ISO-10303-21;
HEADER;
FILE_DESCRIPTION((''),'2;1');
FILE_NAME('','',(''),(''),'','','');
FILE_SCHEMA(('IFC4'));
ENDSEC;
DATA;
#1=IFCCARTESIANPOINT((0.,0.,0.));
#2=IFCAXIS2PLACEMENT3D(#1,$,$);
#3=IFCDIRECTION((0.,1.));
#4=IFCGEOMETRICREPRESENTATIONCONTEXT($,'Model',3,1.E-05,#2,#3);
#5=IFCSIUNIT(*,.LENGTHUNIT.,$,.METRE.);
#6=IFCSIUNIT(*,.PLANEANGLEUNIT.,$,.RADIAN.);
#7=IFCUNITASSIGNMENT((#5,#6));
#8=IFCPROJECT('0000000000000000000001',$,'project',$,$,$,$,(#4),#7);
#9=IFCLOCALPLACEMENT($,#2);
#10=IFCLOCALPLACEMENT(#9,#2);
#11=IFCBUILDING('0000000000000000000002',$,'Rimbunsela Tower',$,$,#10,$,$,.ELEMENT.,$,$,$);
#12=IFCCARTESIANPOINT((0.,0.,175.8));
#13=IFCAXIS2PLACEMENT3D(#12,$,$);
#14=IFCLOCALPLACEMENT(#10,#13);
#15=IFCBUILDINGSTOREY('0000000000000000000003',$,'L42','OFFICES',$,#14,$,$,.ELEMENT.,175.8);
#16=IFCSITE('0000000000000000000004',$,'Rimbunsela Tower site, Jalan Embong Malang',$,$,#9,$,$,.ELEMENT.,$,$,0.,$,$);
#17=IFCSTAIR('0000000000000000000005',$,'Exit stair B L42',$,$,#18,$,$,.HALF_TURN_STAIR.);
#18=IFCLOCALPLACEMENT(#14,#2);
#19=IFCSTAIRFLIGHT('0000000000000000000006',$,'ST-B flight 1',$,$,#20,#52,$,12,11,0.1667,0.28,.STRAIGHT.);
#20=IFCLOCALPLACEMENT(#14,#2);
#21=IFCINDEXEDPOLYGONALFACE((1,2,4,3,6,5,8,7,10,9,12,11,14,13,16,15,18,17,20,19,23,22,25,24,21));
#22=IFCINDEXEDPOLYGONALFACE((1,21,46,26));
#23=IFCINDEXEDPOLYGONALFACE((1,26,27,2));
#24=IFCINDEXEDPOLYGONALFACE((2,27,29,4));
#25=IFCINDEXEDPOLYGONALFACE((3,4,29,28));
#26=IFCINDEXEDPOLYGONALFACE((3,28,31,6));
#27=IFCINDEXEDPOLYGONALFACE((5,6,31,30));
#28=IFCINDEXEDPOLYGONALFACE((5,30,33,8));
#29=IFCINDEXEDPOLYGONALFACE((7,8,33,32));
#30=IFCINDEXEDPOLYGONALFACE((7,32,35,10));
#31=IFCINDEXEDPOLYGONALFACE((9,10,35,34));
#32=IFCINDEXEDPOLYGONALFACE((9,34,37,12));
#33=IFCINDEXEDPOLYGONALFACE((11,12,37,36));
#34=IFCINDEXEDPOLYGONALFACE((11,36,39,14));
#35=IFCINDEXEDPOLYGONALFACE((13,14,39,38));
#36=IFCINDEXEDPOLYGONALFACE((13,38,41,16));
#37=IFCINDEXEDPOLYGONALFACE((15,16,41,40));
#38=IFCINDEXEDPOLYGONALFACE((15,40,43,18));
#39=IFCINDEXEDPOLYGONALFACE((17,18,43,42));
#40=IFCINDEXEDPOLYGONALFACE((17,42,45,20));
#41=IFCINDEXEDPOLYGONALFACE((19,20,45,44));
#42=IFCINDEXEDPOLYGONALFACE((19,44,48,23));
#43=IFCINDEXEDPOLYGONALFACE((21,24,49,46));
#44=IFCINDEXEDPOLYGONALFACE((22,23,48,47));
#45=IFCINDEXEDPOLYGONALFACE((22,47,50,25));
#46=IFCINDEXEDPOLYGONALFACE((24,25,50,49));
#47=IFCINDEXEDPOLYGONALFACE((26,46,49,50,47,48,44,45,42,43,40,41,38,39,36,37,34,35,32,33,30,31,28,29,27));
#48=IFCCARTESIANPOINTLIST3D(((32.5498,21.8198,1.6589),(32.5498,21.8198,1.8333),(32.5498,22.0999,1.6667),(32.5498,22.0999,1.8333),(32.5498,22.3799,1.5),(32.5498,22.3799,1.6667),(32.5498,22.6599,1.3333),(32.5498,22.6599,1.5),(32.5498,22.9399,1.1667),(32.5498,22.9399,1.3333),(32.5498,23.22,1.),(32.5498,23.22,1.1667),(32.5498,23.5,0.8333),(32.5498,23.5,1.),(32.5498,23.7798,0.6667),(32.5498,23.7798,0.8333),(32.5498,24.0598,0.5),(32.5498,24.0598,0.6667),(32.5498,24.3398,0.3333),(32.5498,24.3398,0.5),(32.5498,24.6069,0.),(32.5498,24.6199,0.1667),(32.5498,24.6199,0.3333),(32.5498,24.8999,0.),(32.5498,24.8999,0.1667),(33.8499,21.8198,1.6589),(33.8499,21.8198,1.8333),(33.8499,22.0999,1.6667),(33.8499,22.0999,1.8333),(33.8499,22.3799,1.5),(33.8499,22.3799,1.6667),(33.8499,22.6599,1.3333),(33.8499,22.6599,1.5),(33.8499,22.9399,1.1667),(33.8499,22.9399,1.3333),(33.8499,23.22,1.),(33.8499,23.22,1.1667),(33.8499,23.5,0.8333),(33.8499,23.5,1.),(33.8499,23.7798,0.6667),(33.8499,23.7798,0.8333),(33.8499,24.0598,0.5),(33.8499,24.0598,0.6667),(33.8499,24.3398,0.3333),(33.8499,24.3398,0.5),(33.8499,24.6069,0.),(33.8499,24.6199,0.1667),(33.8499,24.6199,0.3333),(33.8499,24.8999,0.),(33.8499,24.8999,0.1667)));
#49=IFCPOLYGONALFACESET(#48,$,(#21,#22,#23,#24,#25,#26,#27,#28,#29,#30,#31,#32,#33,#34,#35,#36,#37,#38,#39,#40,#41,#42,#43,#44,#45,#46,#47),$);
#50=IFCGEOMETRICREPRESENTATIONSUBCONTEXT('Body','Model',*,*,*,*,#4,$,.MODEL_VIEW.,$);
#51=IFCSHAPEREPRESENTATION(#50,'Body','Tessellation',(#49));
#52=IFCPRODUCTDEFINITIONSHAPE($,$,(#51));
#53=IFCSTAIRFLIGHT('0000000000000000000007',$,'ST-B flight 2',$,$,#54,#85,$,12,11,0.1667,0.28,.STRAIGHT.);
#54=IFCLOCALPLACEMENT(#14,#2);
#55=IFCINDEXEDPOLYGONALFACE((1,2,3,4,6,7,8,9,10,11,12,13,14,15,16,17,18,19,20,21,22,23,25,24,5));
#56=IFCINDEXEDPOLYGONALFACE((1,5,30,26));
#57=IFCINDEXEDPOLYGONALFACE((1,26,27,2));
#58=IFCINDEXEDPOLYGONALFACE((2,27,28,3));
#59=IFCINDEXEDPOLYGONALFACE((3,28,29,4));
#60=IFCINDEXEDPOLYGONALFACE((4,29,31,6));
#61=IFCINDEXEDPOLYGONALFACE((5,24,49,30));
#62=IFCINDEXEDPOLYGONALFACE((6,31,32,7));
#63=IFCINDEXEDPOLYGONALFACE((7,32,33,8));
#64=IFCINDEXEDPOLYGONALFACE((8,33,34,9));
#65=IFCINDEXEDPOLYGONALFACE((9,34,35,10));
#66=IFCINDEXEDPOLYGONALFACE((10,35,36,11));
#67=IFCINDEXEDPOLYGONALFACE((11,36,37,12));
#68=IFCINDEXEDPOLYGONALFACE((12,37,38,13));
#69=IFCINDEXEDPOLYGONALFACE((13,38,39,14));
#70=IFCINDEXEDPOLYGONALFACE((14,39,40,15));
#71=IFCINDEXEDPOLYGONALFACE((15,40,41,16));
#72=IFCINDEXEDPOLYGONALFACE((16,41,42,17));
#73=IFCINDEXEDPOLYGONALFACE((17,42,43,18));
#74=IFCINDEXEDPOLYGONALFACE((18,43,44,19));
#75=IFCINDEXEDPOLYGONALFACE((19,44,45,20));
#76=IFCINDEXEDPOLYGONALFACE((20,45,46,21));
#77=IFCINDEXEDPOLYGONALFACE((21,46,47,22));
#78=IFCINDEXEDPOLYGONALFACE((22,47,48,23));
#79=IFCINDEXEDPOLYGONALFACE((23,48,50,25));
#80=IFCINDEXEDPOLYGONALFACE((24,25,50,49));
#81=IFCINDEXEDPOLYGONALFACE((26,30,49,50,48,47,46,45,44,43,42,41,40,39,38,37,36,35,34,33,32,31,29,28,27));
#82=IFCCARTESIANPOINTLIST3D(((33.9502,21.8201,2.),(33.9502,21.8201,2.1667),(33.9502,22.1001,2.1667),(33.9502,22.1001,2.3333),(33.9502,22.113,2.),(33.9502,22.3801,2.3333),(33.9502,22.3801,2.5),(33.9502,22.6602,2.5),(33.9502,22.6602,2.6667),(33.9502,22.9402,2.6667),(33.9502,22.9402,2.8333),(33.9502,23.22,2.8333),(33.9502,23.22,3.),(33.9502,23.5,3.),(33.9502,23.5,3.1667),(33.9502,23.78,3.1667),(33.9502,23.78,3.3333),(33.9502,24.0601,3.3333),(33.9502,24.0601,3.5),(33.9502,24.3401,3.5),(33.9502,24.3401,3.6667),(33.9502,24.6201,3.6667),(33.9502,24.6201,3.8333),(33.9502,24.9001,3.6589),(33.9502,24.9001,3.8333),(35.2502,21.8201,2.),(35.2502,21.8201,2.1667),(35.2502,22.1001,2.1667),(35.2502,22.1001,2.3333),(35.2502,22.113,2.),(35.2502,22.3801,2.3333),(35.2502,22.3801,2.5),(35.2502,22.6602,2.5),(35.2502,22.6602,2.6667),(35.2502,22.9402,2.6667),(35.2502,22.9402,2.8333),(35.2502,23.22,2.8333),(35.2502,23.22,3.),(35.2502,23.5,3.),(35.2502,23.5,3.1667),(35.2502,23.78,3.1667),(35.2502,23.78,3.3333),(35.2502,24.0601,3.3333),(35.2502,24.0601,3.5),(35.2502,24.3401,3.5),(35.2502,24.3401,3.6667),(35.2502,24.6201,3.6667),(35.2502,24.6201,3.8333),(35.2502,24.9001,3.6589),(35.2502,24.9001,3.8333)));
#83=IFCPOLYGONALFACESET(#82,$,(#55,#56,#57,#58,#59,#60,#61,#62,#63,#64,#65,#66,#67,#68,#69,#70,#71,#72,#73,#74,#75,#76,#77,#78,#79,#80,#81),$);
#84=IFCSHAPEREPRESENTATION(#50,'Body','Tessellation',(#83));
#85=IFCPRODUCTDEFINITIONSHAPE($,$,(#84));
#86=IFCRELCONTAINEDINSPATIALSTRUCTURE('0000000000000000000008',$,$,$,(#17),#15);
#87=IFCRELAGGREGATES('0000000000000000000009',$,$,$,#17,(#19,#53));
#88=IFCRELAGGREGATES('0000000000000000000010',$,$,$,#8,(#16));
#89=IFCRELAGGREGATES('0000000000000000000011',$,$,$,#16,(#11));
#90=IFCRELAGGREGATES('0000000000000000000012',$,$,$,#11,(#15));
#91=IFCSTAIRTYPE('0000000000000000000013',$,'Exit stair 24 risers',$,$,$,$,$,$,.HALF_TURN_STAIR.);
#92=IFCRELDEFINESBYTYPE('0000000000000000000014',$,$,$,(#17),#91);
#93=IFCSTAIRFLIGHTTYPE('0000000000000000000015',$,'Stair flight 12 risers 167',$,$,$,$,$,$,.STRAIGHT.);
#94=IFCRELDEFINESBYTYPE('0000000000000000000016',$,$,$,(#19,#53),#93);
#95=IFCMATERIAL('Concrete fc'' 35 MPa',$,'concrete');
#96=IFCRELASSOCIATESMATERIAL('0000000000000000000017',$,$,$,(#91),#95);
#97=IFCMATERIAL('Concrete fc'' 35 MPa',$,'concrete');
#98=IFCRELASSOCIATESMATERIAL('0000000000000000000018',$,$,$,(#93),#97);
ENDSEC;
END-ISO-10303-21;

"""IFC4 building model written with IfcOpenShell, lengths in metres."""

from ifc_helpers import new_model, si_unit, direction, frame, origin, place, context, subcontext, project, spatial, polyline, outline, extrude, material, type_object, element, aggregate, save


model = new_model("IFC4")

# Units and contexts
model_context = context("Model", 3, precision=1e-05, world=origin(), true_north=direction((0.0, 1.0)))
body_context = subcontext(model_context, "Body", "Model", "MODEL_VIEW")
ifc_project = project(units=[si_unit("LENGTHUNIT", "METRE"), si_unit("PLANEANGLEUNIT", "RADIAN")], contexts=[model_context])

# Site, building, storey
site_placement = place(None, origin())
site = spatial("IfcSite", under=ifc_project, at=site_placement, Name="Rimbunsela Tower site, Jalan Embong Malang", CompositionType="ELEMENT", RefElevation=0.0)
building_placement = place(site_placement, origin())
building = spatial("IfcBuilding", under=site, at=building_placement, Name="Rimbunsela Tower", CompositionType="ELEMENT")
storey_placement = place(building_placement, frame((0.0, 0.0, 175.8)))
storey = spatial("IfcBuildingStorey", under=building, at=storey_placement, Name="L42", Description="OFFICES", CompositionType="ELEMENT", Elevation=175.8)

# Shared definitions
ifc_material_1 = material(Name="Concrete fc' 35 MPa", Category="concrete")
stair_type = type_object("IfcStairType", Name="Exit stair 24 risers", PredefinedType="HALF_TURN_STAIR", material=ifc_material_1)
ifc_material_2 = material(Name="Concrete fc' 35 MPa", Category="concrete")
stair_flight_type = type_object("IfcStairFlightType", Name="Stair flight 12 risers 167", PredefinedType="STRAIGHT", material=ifc_material_2)

# Stair, stair flights
stair_1_placement = place(storey_placement, origin())
stair_1 = element("IfcStair", 1, at=stair_1_placement, inside=storey, type_object=stair_type, Name="Exit stair B L42", PredefinedType="HALF_TURN_STAIR")
stair_flight_1_placement = place(storey_placement, frame((33.2, 24.8999, 0.0), z_axis=(0.0, 0.0, 1.0), x_axis=(0.0, -1.0, 0.0)))
stair_flight_1 = element("IfcStairFlight", 2, at=stair_flight_1_placement, type_object=stair_flight_type, Name="ST-B flight 1", NumberOfRisers=12, NumberOfTreads=11, PredefinedType="STRAIGHT", RiserHeight=0.1667, TreadLength=0.28, context=body_context, shape_type="SweptSolid", body=[
    extrude(outline(polyline([(0.0, 0.0), (0.0, 0.1667), (0.28, 0.1667), (0.28, 0.3333), (0.5601, 0.3333), (0.5601, 0.5), (0.8401, 0.5), (0.8401, 0.6667), (1.1201, 0.6667), (1.1201, 0.8333), (1.3999, 0.8333), (1.3999, 1.0), (1.6799, 1.0), (1.6799, 1.1667), (1.96, 1.1667), (1.96, 1.3333), (2.24, 1.3333), (2.24, 1.5), (2.52, 1.5), (2.52, 1.6667), (2.8, 1.6667), (2.8, 1.8333), (3.0801, 1.8333), (3.0801, 2.0), (3.0801, 1.6589), (0.293, 0.0), (0.0, 0.0)])), frame((0.0, 0.6499, 0.0), z_axis=(0.0, -1.0, 0.0), x_axis=(1.0, 0.0, 0.0)), (0.0, 0.0, 1.0), 1.3),
])
stair_flight_2_placement = place(storey_placement, frame((34.6001, 21.8201, 2.0), z_axis=(0.0, 0.0, 1.0), x_axis=(0.0, 1.0, 0.0)))
stair_flight_2 = element("IfcStairFlight", 3, at=stair_flight_2_placement, type_object=stair_flight_type, Name="ST-B flight 2", NumberOfRisers=12, NumberOfTreads=11, PredefinedType="STRAIGHT", RiserHeight=0.1667, TreadLength=0.28, context=body_context, shape_type="SweptSolid", body=[
    extrude(outline(polyline([(0.0, 0.0), (0.0, 0.1667), (0.28, 0.1667), (0.28, 0.3333), (0.5601, 0.3333), (0.5601, 0.5), (0.8401, 0.5), (0.8401, 0.6667), (1.1201, 0.6667), (1.1201, 0.8333), (1.3999, 0.8333), (1.3999, 1.0), (1.6799, 1.0), (1.6799, 1.1667), (1.96, 1.1667), (1.96, 1.3333), (2.24, 1.3333), (2.24, 1.5), (2.52, 1.5), (2.52, 1.6667), (2.8, 1.6667), (2.8, 1.8333), (3.0801, 1.8333), (3.0801, 2.0), (3.0801, 1.6589), (0.293, 0.0), (0.0, 0.0)])), frame((0.0, 0.6499, 0.0), z_axis=(0.0, -1.0, 0.0), x_axis=(1.0, 0.0, 0.0)), (0.0, 0.0, 1.0), 1.3),
])
aggregate(stair_1, [stair_flight_1, stair_flight_2])

save(model, "model.ifc")
